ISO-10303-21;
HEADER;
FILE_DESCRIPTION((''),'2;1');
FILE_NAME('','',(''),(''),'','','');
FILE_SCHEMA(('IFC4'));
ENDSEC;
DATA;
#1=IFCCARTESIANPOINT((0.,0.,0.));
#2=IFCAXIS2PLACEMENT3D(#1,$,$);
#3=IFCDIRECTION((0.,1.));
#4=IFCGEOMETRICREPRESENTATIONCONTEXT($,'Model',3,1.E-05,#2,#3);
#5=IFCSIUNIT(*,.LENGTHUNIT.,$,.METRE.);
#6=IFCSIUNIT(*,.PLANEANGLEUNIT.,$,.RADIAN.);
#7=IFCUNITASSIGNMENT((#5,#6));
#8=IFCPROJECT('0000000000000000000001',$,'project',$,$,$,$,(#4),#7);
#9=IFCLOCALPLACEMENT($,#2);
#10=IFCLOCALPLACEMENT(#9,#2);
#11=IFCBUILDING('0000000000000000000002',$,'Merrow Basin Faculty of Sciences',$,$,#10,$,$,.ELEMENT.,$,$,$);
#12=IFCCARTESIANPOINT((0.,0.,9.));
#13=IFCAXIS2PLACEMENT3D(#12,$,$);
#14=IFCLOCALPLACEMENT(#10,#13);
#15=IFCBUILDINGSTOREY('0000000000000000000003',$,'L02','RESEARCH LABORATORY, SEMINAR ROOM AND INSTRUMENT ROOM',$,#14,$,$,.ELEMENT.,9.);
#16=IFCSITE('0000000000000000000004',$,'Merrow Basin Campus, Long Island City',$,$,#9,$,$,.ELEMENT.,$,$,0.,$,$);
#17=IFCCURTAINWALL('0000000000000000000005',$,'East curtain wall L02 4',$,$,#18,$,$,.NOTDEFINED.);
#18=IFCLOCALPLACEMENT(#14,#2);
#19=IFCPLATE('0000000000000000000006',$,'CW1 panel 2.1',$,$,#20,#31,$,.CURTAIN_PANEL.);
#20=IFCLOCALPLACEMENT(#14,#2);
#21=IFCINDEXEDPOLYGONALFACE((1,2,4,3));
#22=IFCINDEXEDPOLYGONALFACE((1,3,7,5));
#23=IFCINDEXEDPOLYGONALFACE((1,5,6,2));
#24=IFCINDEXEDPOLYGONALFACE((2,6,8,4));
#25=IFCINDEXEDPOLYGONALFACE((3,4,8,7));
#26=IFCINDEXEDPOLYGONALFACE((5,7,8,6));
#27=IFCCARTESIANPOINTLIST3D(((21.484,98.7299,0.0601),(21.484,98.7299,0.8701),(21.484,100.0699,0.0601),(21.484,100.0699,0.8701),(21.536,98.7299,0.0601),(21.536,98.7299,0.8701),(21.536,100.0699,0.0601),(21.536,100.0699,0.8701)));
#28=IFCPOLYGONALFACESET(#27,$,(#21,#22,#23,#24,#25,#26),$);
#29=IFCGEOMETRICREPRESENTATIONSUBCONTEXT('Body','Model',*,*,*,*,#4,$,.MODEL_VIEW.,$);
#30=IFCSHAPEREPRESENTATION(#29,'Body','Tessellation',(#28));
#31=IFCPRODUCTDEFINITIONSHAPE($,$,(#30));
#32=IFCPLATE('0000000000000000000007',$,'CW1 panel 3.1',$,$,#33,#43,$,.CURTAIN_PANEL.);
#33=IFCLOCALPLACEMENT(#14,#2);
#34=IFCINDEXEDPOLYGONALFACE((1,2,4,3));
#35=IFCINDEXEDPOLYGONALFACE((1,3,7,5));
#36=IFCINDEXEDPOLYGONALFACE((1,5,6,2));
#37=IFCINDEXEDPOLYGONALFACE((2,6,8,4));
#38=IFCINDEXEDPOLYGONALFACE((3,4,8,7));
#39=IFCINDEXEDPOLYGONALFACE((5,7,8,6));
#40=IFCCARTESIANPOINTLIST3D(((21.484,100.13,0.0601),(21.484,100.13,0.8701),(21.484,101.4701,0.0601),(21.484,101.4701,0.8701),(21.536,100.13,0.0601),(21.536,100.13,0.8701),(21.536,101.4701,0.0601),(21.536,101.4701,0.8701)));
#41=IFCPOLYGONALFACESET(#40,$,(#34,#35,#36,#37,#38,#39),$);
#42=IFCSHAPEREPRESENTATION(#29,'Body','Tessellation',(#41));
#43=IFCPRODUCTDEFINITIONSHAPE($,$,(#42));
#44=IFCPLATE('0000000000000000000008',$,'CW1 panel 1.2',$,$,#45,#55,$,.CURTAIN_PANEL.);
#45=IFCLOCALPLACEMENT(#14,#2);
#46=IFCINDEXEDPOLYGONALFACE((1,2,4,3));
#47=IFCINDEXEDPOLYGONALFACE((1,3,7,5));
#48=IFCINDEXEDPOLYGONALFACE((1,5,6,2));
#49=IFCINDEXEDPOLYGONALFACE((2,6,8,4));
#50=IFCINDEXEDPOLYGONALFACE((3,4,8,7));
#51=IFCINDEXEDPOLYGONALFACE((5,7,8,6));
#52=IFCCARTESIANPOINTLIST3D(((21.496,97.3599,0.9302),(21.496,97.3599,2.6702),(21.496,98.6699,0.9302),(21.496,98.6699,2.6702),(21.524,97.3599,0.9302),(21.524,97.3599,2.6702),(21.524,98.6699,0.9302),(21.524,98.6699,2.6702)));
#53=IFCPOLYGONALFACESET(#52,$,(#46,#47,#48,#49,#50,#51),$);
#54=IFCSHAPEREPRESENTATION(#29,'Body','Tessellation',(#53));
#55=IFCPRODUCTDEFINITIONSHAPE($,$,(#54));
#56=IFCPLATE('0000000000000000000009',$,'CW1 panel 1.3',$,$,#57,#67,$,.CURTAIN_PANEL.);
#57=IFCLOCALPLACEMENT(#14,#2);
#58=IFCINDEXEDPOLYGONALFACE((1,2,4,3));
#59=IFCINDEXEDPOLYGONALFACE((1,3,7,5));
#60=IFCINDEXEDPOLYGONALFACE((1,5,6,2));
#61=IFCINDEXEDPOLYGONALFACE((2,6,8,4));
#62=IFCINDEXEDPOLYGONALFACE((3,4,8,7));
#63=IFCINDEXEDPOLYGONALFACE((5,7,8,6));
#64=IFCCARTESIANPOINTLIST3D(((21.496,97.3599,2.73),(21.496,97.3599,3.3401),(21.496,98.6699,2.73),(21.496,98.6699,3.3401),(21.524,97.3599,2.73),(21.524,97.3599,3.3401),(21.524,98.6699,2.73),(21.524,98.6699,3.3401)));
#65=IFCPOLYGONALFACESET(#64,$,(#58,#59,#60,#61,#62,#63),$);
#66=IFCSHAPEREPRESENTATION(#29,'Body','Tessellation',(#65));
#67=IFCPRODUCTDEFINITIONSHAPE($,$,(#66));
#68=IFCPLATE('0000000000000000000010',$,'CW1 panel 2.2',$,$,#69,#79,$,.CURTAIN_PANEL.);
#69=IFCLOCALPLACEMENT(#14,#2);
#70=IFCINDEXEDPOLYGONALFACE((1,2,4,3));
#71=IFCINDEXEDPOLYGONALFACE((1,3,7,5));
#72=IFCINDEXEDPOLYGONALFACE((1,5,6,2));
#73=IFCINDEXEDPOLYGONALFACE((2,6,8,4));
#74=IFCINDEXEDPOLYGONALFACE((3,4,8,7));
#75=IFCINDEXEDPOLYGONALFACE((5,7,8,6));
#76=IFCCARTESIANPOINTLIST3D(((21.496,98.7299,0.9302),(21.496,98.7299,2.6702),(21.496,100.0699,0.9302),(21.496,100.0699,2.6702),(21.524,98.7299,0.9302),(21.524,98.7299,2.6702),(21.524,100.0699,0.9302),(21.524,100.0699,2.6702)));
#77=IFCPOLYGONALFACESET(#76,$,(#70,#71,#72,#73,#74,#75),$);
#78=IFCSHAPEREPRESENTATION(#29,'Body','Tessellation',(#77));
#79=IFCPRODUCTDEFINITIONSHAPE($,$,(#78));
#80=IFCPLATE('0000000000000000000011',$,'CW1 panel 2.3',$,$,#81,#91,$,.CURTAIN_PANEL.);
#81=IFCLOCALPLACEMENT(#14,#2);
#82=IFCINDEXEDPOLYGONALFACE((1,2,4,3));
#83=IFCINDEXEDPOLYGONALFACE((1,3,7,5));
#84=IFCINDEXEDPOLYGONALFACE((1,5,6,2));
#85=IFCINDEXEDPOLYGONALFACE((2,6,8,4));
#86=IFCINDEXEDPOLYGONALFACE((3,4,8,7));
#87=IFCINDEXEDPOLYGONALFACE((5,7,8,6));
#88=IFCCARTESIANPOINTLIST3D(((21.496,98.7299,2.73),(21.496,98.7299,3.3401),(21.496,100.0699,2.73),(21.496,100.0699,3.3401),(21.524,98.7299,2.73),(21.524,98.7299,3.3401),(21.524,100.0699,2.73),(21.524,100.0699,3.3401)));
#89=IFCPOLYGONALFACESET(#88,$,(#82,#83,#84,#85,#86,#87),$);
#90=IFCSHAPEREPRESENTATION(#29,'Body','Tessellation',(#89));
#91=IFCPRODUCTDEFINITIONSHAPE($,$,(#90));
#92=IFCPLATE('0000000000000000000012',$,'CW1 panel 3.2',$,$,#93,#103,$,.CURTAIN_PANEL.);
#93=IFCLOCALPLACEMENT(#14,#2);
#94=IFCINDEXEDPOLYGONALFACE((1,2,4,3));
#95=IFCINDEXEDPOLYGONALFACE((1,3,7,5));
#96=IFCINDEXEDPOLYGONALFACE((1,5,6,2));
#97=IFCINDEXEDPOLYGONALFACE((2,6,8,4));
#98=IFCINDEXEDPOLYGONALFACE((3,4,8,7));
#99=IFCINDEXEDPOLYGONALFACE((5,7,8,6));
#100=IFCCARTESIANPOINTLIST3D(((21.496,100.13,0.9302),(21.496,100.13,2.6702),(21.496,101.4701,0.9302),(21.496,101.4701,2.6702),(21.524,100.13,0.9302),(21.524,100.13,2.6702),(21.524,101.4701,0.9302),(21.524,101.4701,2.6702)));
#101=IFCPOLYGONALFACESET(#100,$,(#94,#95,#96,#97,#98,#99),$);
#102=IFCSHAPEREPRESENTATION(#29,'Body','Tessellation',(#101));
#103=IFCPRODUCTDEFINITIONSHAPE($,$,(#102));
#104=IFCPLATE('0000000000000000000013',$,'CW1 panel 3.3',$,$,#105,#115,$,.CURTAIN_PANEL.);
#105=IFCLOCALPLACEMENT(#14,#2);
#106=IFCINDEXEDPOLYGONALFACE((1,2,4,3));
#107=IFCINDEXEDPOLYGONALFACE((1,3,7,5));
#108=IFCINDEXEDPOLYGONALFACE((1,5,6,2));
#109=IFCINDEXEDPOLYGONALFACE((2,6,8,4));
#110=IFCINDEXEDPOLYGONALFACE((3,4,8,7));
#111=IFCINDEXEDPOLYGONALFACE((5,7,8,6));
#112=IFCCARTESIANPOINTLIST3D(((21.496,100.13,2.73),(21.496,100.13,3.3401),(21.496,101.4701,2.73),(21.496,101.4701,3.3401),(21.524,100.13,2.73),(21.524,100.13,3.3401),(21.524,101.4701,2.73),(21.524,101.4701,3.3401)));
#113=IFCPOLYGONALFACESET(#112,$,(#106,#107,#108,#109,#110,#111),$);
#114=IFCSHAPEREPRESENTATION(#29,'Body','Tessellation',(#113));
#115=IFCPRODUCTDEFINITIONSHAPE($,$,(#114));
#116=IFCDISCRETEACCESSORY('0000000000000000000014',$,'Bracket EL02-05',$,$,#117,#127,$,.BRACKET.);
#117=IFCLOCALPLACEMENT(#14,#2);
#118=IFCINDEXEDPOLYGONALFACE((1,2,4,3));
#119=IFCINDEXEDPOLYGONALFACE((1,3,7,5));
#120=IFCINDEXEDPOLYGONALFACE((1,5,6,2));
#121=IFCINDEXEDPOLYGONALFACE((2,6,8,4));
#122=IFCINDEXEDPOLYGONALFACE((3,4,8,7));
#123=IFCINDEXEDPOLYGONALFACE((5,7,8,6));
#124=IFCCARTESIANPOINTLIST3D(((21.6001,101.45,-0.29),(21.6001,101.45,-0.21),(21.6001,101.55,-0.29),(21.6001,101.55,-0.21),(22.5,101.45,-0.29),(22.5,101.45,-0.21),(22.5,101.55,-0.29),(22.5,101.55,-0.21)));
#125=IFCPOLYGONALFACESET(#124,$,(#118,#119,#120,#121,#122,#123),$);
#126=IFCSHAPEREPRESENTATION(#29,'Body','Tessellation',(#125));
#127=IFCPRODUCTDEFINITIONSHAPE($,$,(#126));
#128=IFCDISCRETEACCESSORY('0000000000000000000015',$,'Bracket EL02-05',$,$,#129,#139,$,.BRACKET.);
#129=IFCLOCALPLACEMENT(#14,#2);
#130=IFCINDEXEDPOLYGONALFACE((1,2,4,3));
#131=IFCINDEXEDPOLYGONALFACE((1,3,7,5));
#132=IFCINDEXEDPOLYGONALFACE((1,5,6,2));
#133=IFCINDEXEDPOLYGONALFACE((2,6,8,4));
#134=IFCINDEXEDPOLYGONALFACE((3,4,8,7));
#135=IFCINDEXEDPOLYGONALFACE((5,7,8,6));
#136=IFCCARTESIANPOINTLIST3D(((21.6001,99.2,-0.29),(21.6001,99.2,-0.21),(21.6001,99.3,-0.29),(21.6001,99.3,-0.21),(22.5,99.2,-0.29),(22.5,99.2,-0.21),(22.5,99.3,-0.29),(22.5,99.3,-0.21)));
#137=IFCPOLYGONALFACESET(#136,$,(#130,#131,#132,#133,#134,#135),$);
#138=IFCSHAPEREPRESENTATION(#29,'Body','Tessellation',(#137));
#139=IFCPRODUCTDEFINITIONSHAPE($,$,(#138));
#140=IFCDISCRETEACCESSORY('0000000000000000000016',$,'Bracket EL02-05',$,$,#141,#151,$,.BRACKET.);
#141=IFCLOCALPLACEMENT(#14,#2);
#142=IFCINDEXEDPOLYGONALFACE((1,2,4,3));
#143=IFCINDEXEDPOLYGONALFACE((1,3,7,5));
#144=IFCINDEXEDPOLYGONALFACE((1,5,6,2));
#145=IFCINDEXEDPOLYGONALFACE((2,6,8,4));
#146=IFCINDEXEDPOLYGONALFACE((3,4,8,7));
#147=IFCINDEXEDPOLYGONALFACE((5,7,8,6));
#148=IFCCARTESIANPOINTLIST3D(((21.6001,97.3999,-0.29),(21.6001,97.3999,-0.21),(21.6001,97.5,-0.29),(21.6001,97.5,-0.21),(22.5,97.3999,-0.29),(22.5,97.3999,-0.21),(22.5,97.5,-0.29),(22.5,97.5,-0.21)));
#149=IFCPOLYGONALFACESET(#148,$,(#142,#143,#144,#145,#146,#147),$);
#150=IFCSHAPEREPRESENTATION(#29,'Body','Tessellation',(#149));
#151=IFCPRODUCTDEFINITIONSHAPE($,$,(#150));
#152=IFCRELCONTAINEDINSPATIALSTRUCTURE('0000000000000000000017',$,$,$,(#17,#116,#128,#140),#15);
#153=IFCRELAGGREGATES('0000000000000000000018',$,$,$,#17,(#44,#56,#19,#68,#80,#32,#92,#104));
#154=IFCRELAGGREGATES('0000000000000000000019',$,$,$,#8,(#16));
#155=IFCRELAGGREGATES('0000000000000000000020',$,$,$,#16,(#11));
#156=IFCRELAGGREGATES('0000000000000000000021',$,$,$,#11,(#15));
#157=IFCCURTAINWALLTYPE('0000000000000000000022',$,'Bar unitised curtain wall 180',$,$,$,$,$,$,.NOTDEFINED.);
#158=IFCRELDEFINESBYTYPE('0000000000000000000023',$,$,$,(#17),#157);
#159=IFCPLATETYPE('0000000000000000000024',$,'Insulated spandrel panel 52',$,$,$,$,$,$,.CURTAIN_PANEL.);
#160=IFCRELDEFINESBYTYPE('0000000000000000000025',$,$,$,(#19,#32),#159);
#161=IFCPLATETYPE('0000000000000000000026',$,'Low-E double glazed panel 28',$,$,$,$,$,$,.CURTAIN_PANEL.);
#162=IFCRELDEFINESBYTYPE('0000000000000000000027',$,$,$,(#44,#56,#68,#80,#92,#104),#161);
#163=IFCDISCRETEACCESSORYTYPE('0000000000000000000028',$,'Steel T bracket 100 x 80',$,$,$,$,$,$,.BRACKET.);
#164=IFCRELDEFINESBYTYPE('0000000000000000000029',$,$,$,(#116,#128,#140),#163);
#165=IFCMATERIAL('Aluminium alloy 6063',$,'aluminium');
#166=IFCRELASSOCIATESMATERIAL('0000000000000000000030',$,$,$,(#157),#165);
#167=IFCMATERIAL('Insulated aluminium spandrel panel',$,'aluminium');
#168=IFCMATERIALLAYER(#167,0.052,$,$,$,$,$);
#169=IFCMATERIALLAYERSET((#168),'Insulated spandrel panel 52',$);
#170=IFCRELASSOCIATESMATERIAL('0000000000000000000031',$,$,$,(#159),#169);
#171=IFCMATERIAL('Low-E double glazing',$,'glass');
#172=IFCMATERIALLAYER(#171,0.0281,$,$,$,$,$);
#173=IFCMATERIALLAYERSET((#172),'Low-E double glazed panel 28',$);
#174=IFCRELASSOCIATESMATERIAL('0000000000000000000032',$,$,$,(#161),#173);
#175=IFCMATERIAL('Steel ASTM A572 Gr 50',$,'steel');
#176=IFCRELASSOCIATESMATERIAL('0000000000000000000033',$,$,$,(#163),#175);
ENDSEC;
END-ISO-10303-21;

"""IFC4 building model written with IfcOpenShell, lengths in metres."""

from ifc_helpers import new_model, si_unit, direction, frame, origin, origin_2d, place, context, subcontext, project, spatial, polyline, rectangle, outline, extrude, source, transform, mapped, material, layer, layer_set, type_object, element, aggregate, save


model = new_model("IFC4")

# Units and contexts
model_context = context("Model", 3, precision=1e-05, world=origin(), true_north=direction((0.0, 1.0)))
body_context = subcontext(model_context, "Body", "Model", "MODEL_VIEW")
ifc_project = project(units=[si_unit("LENGTHUNIT", "METRE"), si_unit("PLANEANGLEUNIT", "RADIAN")], contexts=[model_context])

# Site, building, storey
site_placement = place(None, origin())
site = spatial("IfcSite", under=ifc_project, at=site_placement, Name="Merrow Basin Campus, Long Island City", CompositionType="ELEMENT", RefElevation=0.0)
building_placement = place(site_placement, origin())
building = spatial("IfcBuilding", under=site, at=building_placement, Name="Merrow Basin Faculty of Sciences", CompositionType="ELEMENT")
storey_placement = place(building_placement, frame((0.0, 0.0, 9.0)))
storey = spatial("IfcBuildingStorey", under=building, at=storey_placement, Name="L02", Description="RESEARCH LABORATORY, SEMINAR ROOM AND INSTRUMENT ROOM", CompositionType="ELEMENT", Elevation=9.0)

# Curtain wall, plates
ifc_material_1 = material(Name="Aluminium alloy 6063", Category="aluminium")
curtain_wall_type = type_object("IfcCurtainWallType", Name="Bar unitised curtain wall 180", PredefinedType="NOTDEFINED", material=ifc_material_1)
curtain_wall_placement = place(storey_placement, origin())
curtain_wall = element("IfcCurtainWall", 1, at=curtain_wall_placement, inside=storey, type_object=curtain_wall_type, Name="East curtain wall L02 4", PredefinedType="NOTDEFINED")
ifc_material_2 = material(Name="Insulated aluminium spandrel panel", Category="aluminium")
ifc_layer_1 = layer(ifc_material_2, 0.052)
ifc_layer_set_1 = layer_set([ifc_layer_1], Name="Insulated spandrel panel 52")
plate_type_1 = type_object("IfcPlateType", Name="Insulated spandrel panel 52", PredefinedType="CURTAIN_PANEL", material=ifc_layer_set_1)
plate_1_placement = place(storey_placement, frame((21.51, 99.3999, 0.0601), z_axis=(0.0, 0.0, 1.0), x_axis=(0.0, 1.0, 0.0)))
plate_1 = element("IfcPlate", 2, at=plate_1_placement, type_object=plate_type_1, Name="CW1 panel 2.1", PredefinedType="CURTAIN_PANEL", context=body_context, shape_type="SweptSolid", body=[
    extrude(rectangle(XDim=1.3401, YDim=0.052, at=origin_2d()), origin(), (0.0, 0.0, 1.0), 0.8101),
])
plate_2_placement = place(storey_placement, frame((21.51, 100.8, 0.0601), z_axis=(0.0, 0.0, 1.0), x_axis=(0.0, 1.0, 0.0)))
plate_2 = element("IfcPlate", 3, at=plate_2_placement, type_object=plate_type_1, Name="CW1 panel 3.1", PredefinedType="CURTAIN_PANEL", context=body_context, shape_type="SweptSolid", body=[
    extrude(rectangle(XDim=1.3401, YDim=0.052, at=origin_2d()), origin(), (0.0, 0.0, 1.0), 0.8101),
])
ifc_material_3 = material(Name="Low-E double glazing", Category="glass")
ifc_layer_2 = layer(ifc_material_3, 0.0281)
ifc_layer_set_2 = layer_set([ifc_layer_2], Name="Low-E double glazed panel 28")
plate_type_2 = type_object("IfcPlateType", Name="Low-E double glazed panel 28", PredefinedType="CURTAIN_PANEL", material=ifc_layer_set_2)
plate_3_placement = place(storey_placement, frame((21.51, 98.0149, 0.9302), z_axis=(0.0, 0.0, 1.0), x_axis=(0.0, 1.0, 0.0)))
plate_3 = element("IfcPlate", 4, at=plate_3_placement, type_object=plate_type_2, Name="CW1 panel 1.2", PredefinedType="CURTAIN_PANEL", context=body_context, shape_type="SweptSolid", body=[
    extrude(rectangle(XDim=1.3101, YDim=0.0281, at=origin_2d()), origin(), (0.0, 0.0, 1.0), 1.74),
])
plate_4_placement = place(storey_placement, frame((21.51, 98.0149, 2.73), z_axis=(0.0, 0.0, 1.0), x_axis=(0.0, 1.0, 0.0)))
plate_4 = element("IfcPlate", 5, at=plate_4_placement, type_object=plate_type_2, Name="CW1 panel 1.3", PredefinedType="CURTAIN_PANEL", context=body_context, shape_type="SweptSolid", body=[
    extrude(rectangle(XDim=1.3101, YDim=0.0281, at=origin_2d()), origin(), (0.0, 0.0, 1.0), 0.6101),
])
plate_5_placement = place(storey_placement, frame((21.51, 99.3999, 0.9302), z_axis=(0.0, 0.0, 1.0), x_axis=(0.0, 1.0, 0.0)))
plate_5 = element("IfcPlate", 6, at=plate_5_placement, type_object=plate_type_2, Name="CW1 panel 2.2", PredefinedType="CURTAIN_PANEL", context=body_context, shape_type="SweptSolid", body=[
    extrude(rectangle(XDim=1.3401, YDim=0.0281, at=origin_2d()), origin(), (0.0, 0.0, 1.0), 1.74),
])
plate_6_placement = place(storey_placement, frame((21.51, 99.3999, 2.73), z_axis=(0.0, 0.0, 1.0), x_axis=(0.0, 1.0, 0.0)))
plate_6 = element("IfcPlate", 7, at=plate_6_placement, type_object=plate_type_2, Name="CW1 panel 2.3", PredefinedType="CURTAIN_PANEL", context=body_context, shape_type="SweptSolid", body=[
    extrude(rectangle(XDim=1.3401, YDim=0.0281, at=origin_2d()), origin(), (0.0, 0.0, 1.0), 0.6101),
])
plate_7_placement = place(storey_placement, frame((21.51, 100.8, 0.9302), z_axis=(0.0, 0.0, 1.0), x_axis=(0.0, 1.0, 0.0)))
plate_7 = element("IfcPlate", 8, at=plate_7_placement, type_object=plate_type_2, Name="CW1 panel 3.2", PredefinedType="CURTAIN_PANEL", context=body_context, shape_type="SweptSolid", body=[
    extrude(rectangle(XDim=1.3401, YDim=0.0281, at=origin_2d()), origin(), (0.0, 0.0, 1.0), 1.74),
])
plate_8_placement = place(storey_placement, frame((21.51, 100.8, 2.73), z_axis=(0.0, 0.0, 1.0), x_axis=(0.0, 1.0, 0.0)))
plate_8 = element("IfcPlate", 9, at=plate_8_placement, type_object=plate_type_2, Name="CW1 panel 3.3", PredefinedType="CURTAIN_PANEL", context=body_context, shape_type="SweptSolid", body=[
    extrude(rectangle(XDim=1.3401, YDim=0.0281, at=origin_2d()), origin(), (0.0, 0.0, 1.0), 0.6101),
])
aggregate(curtain_wall, [plate_3, plate_4, plate_1, plate_5, plate_6, plate_2, plate_7, plate_8])

# Discrete accessories
ifc_material_4 = material(Name="Steel ASTM A572 Gr 50", Category="steel")
discrete_accessory_type = type_object("IfcDiscreteAccessoryType", Name="Steel T bracket 100 x 80", PredefinedType="BRACKET", material=ifc_material_4)
shared_shape = source(origin(), body_context, "Body", "SweptSolid", [
    extrude(outline(polyline([(0.0, 0.0), (0.1001, 0.0), (0.1001, 0.0801), (0.0, 0.0801), (0.0, 0.0)])), origin(), (0.0, 0.0, 1.0), 0.8999),
])
for number, where, z_axis, x_axis, name in (
    (10, (22.5, 101.55, -0.29), (-1.0, 0.0, 0.0), (0.0, -1.0, 0.0), "Bracket EL02-05"),
    (11, (22.5, 99.3, -0.29), (-1.0, 0.0, 0.0), (0.0, -1.0, 0.0), "Bracket EL02-05"),
    (12, (22.5, 97.5, -0.29), (-1.0, 0.0, 0.0), (0.0, -1.0, 0.0), "Bracket EL02-05"),
):
    element("IfcDiscreteAccessory", number, at=place(storey_placement, frame(where, z_axis=z_axis, x_axis=x_axis)), inside=storey, type_object=discrete_accessory_type, Name=name, PredefinedType="BRACKET", context=body_context, shape_type="MappedRepresentation", body=[
        mapped(shared_shape, transform((0.0, 0.0, 0.0), scale=1.0)),
    ])

save(model, "model.ifc")
